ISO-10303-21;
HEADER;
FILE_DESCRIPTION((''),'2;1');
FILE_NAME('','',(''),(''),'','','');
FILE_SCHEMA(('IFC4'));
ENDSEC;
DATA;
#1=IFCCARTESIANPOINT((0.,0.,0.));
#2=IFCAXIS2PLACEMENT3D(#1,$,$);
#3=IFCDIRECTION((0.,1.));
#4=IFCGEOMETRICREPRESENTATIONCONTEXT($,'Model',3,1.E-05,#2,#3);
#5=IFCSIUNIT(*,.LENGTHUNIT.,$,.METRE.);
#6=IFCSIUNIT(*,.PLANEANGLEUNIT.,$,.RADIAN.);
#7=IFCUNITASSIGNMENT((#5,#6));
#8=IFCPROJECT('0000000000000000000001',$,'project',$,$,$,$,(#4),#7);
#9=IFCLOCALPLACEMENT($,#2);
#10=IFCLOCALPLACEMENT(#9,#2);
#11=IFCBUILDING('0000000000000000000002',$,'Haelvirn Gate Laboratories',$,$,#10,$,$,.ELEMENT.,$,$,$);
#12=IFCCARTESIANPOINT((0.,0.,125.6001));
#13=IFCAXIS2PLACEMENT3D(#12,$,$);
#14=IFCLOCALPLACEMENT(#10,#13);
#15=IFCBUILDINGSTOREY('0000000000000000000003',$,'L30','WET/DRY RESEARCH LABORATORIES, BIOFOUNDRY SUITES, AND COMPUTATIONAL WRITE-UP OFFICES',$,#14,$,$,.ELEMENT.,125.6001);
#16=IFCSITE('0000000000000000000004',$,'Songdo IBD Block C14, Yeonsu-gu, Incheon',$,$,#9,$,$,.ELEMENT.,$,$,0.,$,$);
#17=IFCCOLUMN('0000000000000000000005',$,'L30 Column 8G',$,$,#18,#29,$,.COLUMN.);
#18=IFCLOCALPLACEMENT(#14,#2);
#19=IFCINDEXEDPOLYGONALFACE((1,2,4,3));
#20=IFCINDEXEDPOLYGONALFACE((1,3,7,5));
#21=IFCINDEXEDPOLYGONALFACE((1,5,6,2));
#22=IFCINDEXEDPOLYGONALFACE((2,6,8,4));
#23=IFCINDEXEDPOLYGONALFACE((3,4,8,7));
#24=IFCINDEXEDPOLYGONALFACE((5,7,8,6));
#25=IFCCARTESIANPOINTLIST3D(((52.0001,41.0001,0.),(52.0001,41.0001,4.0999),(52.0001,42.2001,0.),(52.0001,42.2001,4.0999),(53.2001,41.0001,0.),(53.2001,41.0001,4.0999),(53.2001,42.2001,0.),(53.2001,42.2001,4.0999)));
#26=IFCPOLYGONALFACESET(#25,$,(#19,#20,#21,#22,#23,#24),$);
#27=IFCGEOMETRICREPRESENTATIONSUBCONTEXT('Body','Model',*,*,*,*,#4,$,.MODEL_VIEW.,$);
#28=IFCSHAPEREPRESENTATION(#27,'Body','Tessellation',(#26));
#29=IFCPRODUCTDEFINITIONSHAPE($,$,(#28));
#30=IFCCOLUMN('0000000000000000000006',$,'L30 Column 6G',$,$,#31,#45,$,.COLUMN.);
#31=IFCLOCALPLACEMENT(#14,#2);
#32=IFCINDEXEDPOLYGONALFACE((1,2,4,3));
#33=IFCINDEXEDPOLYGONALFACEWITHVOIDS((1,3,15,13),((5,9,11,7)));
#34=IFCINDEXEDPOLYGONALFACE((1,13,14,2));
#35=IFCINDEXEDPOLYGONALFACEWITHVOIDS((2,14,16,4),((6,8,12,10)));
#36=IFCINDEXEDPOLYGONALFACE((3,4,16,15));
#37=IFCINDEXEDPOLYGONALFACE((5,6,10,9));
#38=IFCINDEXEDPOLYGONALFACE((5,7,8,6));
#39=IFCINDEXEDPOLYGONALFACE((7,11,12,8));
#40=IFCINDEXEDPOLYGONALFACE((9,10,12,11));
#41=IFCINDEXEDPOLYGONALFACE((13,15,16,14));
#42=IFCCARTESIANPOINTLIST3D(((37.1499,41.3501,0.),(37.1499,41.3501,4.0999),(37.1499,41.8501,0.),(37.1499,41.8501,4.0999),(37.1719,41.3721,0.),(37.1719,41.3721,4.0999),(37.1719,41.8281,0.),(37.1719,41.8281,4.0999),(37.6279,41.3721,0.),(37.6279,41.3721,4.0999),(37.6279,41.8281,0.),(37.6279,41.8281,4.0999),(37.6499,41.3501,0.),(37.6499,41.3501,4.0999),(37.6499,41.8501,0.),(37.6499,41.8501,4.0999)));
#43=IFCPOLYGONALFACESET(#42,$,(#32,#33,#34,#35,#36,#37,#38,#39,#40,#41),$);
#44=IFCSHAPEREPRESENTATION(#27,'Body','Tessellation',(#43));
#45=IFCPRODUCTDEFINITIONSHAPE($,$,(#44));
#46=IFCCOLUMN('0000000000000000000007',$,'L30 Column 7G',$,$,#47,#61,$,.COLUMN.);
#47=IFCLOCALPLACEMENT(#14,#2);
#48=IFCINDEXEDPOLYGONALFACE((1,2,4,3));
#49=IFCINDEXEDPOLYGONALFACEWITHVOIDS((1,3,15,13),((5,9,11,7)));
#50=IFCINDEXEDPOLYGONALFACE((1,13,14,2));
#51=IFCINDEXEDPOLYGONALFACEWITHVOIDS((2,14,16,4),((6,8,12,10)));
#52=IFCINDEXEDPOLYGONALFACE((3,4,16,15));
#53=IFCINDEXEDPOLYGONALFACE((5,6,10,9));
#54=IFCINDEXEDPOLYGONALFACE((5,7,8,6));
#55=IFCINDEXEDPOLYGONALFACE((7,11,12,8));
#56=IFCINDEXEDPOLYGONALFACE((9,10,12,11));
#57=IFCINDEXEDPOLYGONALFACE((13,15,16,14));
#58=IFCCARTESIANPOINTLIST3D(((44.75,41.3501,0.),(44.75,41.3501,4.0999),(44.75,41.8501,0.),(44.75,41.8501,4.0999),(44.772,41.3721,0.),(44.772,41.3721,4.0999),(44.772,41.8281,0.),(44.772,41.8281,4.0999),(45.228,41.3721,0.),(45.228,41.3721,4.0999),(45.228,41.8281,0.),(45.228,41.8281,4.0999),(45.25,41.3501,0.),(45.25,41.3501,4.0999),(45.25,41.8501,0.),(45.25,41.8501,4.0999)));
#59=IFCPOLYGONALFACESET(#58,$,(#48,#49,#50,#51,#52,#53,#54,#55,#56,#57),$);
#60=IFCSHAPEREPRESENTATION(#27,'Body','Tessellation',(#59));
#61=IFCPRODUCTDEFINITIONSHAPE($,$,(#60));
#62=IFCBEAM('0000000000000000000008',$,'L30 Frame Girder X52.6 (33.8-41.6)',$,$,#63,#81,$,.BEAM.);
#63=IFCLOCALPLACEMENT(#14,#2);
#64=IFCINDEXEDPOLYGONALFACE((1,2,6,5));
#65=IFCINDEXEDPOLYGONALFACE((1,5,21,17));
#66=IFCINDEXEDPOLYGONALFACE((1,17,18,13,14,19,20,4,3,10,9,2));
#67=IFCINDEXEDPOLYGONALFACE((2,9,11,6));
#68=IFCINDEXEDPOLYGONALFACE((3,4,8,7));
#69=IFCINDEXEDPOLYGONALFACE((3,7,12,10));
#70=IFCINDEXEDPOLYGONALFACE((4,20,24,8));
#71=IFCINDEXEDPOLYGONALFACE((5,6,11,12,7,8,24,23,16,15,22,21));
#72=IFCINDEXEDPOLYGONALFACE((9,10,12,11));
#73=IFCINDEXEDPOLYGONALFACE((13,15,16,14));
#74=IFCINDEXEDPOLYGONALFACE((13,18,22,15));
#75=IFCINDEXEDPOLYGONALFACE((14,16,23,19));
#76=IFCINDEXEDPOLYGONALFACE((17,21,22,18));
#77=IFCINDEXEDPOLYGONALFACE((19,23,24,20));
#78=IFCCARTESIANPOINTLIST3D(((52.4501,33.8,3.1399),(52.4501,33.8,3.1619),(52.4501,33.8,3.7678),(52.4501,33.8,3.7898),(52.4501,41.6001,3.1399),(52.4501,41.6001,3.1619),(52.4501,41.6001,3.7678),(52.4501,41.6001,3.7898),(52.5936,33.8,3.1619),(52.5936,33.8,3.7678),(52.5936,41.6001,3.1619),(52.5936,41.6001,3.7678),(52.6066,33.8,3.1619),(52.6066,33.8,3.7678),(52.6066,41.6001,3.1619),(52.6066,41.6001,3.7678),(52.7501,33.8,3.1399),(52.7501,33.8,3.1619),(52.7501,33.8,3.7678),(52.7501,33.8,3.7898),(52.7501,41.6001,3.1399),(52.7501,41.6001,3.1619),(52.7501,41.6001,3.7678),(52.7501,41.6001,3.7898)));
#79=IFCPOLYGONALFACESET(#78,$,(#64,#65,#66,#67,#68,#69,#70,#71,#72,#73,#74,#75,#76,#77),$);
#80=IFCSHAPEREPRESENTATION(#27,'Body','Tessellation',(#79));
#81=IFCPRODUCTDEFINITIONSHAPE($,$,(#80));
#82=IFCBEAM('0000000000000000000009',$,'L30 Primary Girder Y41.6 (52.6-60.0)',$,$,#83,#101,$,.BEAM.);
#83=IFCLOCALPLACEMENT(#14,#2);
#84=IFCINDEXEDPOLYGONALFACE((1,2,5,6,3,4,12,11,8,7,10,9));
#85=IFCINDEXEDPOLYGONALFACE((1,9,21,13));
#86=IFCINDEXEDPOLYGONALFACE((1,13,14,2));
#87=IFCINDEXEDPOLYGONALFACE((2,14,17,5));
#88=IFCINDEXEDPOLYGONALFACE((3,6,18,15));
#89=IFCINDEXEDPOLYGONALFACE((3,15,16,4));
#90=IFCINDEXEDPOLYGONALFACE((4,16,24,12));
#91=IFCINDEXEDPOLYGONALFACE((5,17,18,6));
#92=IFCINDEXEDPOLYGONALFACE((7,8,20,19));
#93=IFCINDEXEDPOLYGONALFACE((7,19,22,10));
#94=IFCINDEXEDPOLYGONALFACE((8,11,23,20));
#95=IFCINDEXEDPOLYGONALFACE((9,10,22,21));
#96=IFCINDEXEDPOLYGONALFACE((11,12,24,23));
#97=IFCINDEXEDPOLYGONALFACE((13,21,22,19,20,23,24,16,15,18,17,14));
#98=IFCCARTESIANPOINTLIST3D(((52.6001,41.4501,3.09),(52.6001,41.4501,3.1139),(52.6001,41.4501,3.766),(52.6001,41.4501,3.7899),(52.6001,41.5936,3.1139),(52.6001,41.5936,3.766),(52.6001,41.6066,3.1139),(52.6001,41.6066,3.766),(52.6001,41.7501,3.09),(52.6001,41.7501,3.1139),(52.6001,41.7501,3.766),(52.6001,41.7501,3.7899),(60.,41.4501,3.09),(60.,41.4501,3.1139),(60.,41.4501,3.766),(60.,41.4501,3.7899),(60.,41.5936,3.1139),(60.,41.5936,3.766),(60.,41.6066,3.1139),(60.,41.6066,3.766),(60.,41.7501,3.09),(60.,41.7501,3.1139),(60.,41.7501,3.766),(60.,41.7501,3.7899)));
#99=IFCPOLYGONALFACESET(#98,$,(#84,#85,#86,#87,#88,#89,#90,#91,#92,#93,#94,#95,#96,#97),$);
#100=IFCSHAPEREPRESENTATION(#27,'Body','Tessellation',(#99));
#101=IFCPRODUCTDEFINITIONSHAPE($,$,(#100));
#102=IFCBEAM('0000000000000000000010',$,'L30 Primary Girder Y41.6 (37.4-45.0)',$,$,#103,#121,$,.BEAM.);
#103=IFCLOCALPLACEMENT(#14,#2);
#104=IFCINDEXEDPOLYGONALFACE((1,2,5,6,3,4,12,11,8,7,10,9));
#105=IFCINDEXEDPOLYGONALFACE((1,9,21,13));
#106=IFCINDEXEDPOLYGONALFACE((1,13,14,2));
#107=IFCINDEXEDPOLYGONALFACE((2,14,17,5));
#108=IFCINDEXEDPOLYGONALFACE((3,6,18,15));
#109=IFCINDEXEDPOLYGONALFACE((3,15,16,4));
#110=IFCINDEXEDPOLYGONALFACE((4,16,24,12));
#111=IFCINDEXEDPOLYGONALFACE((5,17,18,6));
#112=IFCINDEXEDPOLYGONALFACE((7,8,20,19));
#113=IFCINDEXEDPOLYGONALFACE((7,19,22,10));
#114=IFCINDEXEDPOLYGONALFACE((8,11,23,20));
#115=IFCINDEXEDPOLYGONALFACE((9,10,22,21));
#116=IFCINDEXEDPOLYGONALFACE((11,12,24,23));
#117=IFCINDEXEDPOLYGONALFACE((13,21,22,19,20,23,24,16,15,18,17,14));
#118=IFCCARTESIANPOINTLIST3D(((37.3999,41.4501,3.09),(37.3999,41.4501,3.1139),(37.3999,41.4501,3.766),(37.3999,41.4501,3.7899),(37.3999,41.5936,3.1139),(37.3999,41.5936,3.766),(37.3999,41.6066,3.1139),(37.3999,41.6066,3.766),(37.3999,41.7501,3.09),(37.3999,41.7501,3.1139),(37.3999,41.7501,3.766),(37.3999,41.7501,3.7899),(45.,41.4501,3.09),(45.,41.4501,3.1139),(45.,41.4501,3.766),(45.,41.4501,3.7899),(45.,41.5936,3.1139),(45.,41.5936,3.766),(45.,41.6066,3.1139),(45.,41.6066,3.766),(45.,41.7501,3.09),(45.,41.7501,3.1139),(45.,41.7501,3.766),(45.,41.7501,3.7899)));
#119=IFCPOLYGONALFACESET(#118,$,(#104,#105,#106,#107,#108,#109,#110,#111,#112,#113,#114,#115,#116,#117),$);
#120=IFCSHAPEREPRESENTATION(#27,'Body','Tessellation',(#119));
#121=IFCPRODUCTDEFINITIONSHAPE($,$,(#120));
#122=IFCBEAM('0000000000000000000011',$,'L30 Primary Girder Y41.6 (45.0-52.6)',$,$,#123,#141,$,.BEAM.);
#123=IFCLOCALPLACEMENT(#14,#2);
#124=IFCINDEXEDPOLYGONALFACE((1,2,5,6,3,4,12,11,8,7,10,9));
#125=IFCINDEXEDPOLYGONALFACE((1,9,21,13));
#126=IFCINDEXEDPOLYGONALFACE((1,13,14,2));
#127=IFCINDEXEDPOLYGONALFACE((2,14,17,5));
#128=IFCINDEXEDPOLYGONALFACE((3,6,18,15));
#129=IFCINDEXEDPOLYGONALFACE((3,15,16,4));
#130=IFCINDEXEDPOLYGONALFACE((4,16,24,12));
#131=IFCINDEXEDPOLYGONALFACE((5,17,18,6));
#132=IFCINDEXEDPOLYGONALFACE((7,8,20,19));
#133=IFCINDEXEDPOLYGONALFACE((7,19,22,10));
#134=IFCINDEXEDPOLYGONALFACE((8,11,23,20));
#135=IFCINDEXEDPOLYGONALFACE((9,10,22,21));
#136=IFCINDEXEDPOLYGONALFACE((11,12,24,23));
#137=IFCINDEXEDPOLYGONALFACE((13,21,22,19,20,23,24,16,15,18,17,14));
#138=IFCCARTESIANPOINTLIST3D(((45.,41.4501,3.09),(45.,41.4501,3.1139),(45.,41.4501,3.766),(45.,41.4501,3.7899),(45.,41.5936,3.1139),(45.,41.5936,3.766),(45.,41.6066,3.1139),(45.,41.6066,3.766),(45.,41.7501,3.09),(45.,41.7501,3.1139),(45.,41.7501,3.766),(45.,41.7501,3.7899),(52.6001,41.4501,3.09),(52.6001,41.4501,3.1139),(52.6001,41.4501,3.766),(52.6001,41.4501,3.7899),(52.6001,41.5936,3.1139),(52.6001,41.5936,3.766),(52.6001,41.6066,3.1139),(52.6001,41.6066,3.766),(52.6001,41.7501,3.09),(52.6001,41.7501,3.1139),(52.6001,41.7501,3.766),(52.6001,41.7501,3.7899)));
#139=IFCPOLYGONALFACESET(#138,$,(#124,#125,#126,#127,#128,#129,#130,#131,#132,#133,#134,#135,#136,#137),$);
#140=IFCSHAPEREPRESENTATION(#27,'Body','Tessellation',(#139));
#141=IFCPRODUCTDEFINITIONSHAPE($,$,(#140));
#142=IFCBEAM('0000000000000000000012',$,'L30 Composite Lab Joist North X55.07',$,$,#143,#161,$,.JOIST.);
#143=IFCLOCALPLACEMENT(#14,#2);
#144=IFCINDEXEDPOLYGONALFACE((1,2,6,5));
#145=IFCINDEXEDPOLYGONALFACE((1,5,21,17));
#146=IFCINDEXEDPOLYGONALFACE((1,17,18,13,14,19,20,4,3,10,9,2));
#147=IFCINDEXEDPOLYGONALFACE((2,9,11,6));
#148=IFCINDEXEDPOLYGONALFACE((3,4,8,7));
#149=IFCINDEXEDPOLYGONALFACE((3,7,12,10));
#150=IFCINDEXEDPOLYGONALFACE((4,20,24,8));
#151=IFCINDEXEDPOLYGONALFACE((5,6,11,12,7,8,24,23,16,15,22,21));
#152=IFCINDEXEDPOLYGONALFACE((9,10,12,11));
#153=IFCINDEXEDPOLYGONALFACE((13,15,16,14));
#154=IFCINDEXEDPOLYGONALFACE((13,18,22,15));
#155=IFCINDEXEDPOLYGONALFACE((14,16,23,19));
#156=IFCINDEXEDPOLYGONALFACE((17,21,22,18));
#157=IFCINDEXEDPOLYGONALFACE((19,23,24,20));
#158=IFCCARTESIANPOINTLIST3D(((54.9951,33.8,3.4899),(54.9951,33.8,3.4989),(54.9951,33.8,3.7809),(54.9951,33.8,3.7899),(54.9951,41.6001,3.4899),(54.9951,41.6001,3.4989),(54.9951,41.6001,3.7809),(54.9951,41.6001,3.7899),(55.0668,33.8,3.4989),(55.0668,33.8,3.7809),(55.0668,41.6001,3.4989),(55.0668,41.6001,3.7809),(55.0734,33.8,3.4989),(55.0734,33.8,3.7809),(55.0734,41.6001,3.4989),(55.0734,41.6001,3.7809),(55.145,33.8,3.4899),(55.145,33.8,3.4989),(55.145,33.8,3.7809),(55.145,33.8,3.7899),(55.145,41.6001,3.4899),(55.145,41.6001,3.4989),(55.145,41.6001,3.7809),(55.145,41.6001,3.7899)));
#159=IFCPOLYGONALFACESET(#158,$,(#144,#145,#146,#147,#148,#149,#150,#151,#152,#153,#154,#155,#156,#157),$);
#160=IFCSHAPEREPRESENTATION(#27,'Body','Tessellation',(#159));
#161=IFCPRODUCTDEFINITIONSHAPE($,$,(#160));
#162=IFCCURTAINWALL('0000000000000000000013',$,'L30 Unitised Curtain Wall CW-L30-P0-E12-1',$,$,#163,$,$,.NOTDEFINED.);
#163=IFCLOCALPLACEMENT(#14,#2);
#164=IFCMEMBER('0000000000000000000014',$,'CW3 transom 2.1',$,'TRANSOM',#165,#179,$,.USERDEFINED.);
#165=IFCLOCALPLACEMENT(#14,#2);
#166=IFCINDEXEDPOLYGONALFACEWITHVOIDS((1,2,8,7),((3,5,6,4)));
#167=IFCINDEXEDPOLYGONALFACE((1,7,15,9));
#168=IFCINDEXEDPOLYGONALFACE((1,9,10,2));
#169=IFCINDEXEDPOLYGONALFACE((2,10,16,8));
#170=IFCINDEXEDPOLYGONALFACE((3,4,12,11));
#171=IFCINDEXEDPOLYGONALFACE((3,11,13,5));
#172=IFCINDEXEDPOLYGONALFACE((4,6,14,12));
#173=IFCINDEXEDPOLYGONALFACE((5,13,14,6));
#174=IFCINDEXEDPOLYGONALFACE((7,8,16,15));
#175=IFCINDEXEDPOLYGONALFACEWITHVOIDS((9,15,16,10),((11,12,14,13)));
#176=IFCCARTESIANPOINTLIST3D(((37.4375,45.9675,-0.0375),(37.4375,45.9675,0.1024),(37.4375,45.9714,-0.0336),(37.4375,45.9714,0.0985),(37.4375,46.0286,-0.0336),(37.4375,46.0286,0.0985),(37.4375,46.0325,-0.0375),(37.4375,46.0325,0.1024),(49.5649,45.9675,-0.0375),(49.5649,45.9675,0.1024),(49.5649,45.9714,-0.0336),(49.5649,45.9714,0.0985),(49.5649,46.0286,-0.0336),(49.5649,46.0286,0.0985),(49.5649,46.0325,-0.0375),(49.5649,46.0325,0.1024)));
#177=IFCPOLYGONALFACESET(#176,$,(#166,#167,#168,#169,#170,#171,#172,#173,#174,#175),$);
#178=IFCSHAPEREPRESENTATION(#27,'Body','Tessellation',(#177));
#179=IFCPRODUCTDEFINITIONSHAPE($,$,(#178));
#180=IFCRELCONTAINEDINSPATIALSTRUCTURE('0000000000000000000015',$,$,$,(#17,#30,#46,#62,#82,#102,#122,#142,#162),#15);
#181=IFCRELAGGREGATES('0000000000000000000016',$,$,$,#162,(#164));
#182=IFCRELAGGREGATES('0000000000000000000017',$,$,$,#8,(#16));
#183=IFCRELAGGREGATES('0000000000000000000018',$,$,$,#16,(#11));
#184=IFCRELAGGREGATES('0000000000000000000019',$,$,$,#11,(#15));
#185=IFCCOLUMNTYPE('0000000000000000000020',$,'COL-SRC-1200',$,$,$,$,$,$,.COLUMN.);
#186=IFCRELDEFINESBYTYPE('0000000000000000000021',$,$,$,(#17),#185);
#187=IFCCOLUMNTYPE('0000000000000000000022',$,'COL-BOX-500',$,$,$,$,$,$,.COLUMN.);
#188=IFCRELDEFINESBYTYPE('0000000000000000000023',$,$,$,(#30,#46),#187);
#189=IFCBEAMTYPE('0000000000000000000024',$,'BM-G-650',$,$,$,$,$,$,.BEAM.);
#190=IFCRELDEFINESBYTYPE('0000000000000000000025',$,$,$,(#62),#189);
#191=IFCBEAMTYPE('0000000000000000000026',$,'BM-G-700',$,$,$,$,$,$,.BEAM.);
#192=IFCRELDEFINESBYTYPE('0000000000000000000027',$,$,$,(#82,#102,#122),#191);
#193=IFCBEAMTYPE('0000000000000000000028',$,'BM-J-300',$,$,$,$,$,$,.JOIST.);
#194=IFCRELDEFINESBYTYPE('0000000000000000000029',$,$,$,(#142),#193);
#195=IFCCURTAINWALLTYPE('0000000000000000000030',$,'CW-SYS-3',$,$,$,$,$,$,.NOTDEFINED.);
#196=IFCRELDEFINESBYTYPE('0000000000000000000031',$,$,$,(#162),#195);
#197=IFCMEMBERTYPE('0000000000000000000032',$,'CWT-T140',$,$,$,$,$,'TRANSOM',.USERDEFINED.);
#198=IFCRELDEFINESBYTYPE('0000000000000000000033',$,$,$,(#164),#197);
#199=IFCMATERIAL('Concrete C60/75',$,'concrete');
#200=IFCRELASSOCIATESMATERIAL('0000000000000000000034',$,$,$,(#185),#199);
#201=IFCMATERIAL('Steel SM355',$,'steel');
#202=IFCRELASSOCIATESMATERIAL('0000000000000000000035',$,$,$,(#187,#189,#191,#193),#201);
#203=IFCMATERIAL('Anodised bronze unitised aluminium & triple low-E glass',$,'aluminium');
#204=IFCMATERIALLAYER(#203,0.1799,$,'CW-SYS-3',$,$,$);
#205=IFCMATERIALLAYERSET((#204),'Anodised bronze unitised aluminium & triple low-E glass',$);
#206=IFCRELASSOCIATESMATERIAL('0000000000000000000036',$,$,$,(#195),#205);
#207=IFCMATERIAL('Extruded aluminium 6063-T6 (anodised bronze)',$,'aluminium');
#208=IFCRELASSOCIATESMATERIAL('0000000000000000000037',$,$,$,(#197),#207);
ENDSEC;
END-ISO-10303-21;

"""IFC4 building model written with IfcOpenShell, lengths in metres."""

from ifc_helpers import new_model, si_unit, direction, frame, origin, origin_2d, place, context, subcontext, project, spatial, rectangle, hollow_rectangle, i_section, extrude, source, transform, mapped, material, layer, layer_set, material_profile, profile_set, type_object, type_shapes, element, aggregate, save


model = new_model("IFC4")

# Units and contexts
model_context = context("Model", 3, precision=1e-05, world=origin(), true_north=direction((0.0, 1.0)))
body_context = subcontext(model_context, "Body", "Model", "MODEL_VIEW")
ifc_project = project(units=[si_unit("LENGTHUNIT", "METRE"), si_unit("PLANEANGLEUNIT", "RADIAN")], contexts=[model_context])

# Site, building, storey
site_placement = place(None, origin())
site = spatial("IfcSite", under=ifc_project, at=site_placement, Name="Songdo IBD Block C14, Yeonsu-gu, Incheon", CompositionType="ELEMENT", RefElevation=0.0)
building_placement = place(site_placement, origin())
building = spatial("IfcBuilding", under=site, at=building_placement, Name="Haelvirn Gate Laboratories", CompositionType="ELEMENT")
storey_placement = place(building_placement, frame((0.0, 0.0, 125.6001)))
storey = spatial("IfcBuildingStorey", under=building, at=storey_placement, Name="L30", Description="WET/DRY RESEARCH LABORATORIES, BIOFOUNDRY SUITES, AND COMPUTATIONAL WRITE-UP OFFICES", CompositionType="ELEMENT", Elevation=125.6001)

# Columns
ifc_material_1 = material(Name="Concrete C60/75", Category="concrete")
ifc_material_profile_1 = material_profile(ifc_material_1, rectangle(XDim=1.2, YDim=1.2, at=origin_2d()), Name="SRC-1200x1200")
ifc_profile_set_1 = profile_set([ifc_material_profile_1], Name="Concrete C60/75")
column_type_1 = type_object("IfcColumnType", Name="COL-SRC-1200", PredefinedType="COLUMN", material=ifc_profile_set_1)
shared_shape_1 = source(origin(), body_context, "Body", "SweptSolid", [
    extrude(rectangle(XDim=1.2, YDim=1.2, at=origin_2d()), origin(), (0.0, 0.0, 1.0), 4.0999),
])
type_shapes(column_type_1, [shared_shape_1])
column_placement = place(storey_placement, frame((52.6001, 41.6001, 0.0), z_axis=(0.0, 0.0, 1.0), x_axis=(1.0, 0.0, 0.0)))
element("IfcColumn", 1, at=column_placement, inside=storey, type_object=column_type_1, Name="L30 Column 8G", PredefinedType="COLUMN", context=body_context, shape_type="MappedRepresentation", body=[
    mapped(shared_shape_1, transform((0.0, 0.0, 0.0), scale=1.0)),
])
ifc_material_2 = material(Name="Steel SM355", Category="steel")
ifc_material_profile_2 = material_profile(ifc_material_2, hollow_rectangle(XDim=0.5, YDim=0.5, WallThickness=0.022, at=origin_2d()), Name="BOX-500x500x22")
ifc_profile_set_2 = profile_set([ifc_material_profile_2], Name="Steel SM355")
column_type_2 = type_object("IfcColumnType", Name="COL-BOX-500", PredefinedType="COLUMN", material=ifc_profile_set_2)
shared_shape_2 = source(origin(), body_context, "Body", "SweptSolid", [
    extrude(hollow_rectangle(XDim=0.5, YDim=0.5, WallThickness=0.022, at=origin_2d()), origin(), (0.0, 0.0, 1.0), 4.0999),
])
type_shapes(column_type_2, [shared_shape_2])
for number, where, z_axis, x_axis, name in (
    (2, (37.3999, 41.6001, 0.0), (0.0, 0.0, 1.0), (1.0, 0.0, 0.0), "L30 Column 6G"),
    (3, (45.0, 41.6001, 0.0), (0.0, 0.0, 1.0), (1.0, 0.0, 0.0), "L30 Column 7G"),
):
    element("IfcColumn", number, at=place(storey_placement, frame(where, z_axis=z_axis, x_axis=x_axis)), inside=storey, type_object=column_type_2, Name=name, PredefinedType="COLUMN", context=body_context, shape_type="MappedRepresentation", body=[
        mapped(shared_shape_2, transform((0.0, 0.0, 0.0), scale=1.0)),
    ])

# Beams
ifc_material_profile_3 = material_profile(ifc_material_2, i_section(OverallWidth=0.3, OverallDepth=0.6499, WebThickness=0.0129, FlangeThickness=0.022, at=origin_2d()), Name="H-650x300x13x22")
ifc_profile_set_3 = profile_set([ifc_material_profile_3], Name="Steel SM355")
beam_type_1 = type_object("IfcBeamType", Name="BM-G-650", PredefinedType="BEAM", material=ifc_profile_set_3)
shared_shape_3 = source(origin(), body_context, "Body", "SweptSolid", [
    extrude(i_section(OverallWidth=0.3, OverallDepth=0.6499, WebThickness=0.0129, FlangeThickness=0.022, at=origin_2d()), origin(), (0.0, 0.0, 1.0), 7.8),
])
type_shapes(beam_type_1, [shared_shape_3])
beam_1_placement = place(storey_placement, frame((52.6001, 33.8, 3.4648), z_axis=(0.0, 1.0, 0.0), x_axis=(-1.0, 0.0, 0.0)))
element("IfcBeam", 4, at=beam_1_placement, inside=storey, type_object=beam_type_1, Name="L30 Frame Girder X52.6 (33.8-41.6)", PredefinedType="BEAM", context=body_context, shape_type="MappedRepresentation", body=[
    mapped(shared_shape_3, transform((0.0, 0.0, 0.0), scale=1.0)),
])
ifc_material_profile_4 = material_profile(ifc_material_2, i_section(OverallWidth=0.3, OverallDepth=0.7, WebThickness=0.0129, FlangeThickness=0.0239, at=origin_2d()), Name="H-700x300x13x24")
ifc_profile_set_4 = profile_set([ifc_material_profile_4], Name="Steel SM355")
beam_type_2 = type_object("IfcBeamType", Name="BM-G-700", PredefinedType="BEAM", material=ifc_profile_set_4)
shared_shape_4 = source(origin(), body_context, "Body", "SweptSolid", [
    extrude(i_section(OverallWidth=0.3, OverallDepth=0.7, WebThickness=0.0129, FlangeThickness=0.0239, at=origin_2d()), origin(), (0.0, 0.0, 1.0), 7.3999),
])
beam_2_placement = place(storey_placement, frame((52.6001, 41.6001, 3.4399), z_axis=(1.0, 0.0, 0.0), x_axis=(0.0, 1.0, 0.0)))
element("IfcBeam", 5, at=beam_2_placement, inside=storey, type_object=beam_type_2, Name="L30 Primary Girder Y41.6 (52.6-60.0)", PredefinedType="BEAM", context=body_context, shape_type="MappedRepresentation", body=[
    mapped(shared_shape_4, transform((0.0, 0.0, 0.0), scale=1.0)),
])
shared_shape_5 = source(origin(), body_context, "Body", "SweptSolid", [
    extrude(i_section(OverallWidth=0.3, OverallDepth=0.7, WebThickness=0.0129, FlangeThickness=0.0239, at=origin_2d()), origin(), (0.0, 0.0, 1.0), 7.6001),
])
type_shapes(beam_type_2, [shared_shape_4, shared_shape_5])
for number, where, z_axis, x_axis, name in (
    (6, (37.3999, 41.6001, 3.4399), (1.0, 0.0, 0.0), (0.0, 1.0, 0.0), "L30 Primary Girder Y41.6 (37.4-45.0)"),
    (7, (45.0, 41.6001, 3.4399), (1.0, 0.0, 0.0), (0.0, 1.0, 0.0), "L30 Primary Girder Y41.6 (45.0-52.6)"),
):
    element("IfcBeam", number, at=place(storey_placement, frame(where, z_axis=z_axis, x_axis=x_axis)), inside=storey, type_object=beam_type_2, Name=name, PredefinedType="BEAM", context=body_context, shape_type="MappedRepresentation", body=[
        mapped(shared_shape_5, transform((0.0, 0.0, 0.0), scale=1.0)),
    ])
ifc_material_profile_5 = material_profile(ifc_material_2, i_section(OverallWidth=0.1499, OverallDepth=0.3, WebThickness=0.0066, FlangeThickness=0.009, at=origin_2d()), Name="H-300x150x6.5x9")
ifc_profile_set_5 = profile_set([ifc_material_profile_5], Name="Steel SM355")
beam_type_3 = type_object("IfcBeamType", Name="BM-J-300", PredefinedType="JOIST", material=ifc_profile_set_5)
shared_shape_6 = source(origin(), body_context, "Body", "SweptSolid", [
    extrude(i_section(OverallWidth=0.1499, OverallDepth=0.3, WebThickness=0.0066, FlangeThickness=0.009, at=origin_2d()), origin(), (0.0, 0.0, 1.0), 7.8),
])
type_shapes(beam_type_3, [shared_shape_6])
beam_3_placement = place(storey_placement, frame((55.0701, 33.8, 3.6399), z_axis=(0.0, 1.0, 0.0), x_axis=(-1.0, 0.0, 0.0)))
element("IfcBeam", 8, at=beam_3_placement, inside=storey, type_object=beam_type_3, Name="L30 Composite Lab Joist North X55.07", PredefinedType="JOIST", context=body_context, shape_type="MappedRepresentation", body=[
    mapped(shared_shape_6, transform((0.0, 0.0, 0.0), scale=1.0)),
])

# Curtain wall, member
ifc_material_3 = material(Name="Anodised bronze unitised aluminium & triple low-E glass", Category="aluminium")
ifc_layer_1 = layer(ifc_material_3, 0.1799, Name="CW-SYS-3")
ifc_layer_set_1 = layer_set([ifc_layer_1], Name="Anodised bronze unitised aluminium & triple low-E glass")
curtain_wall_type = type_object("IfcCurtainWallType", Name="CW-SYS-3", PredefinedType="NOTDEFINED", material=ifc_layer_set_1)
curtain_wall_1_placement = place(storey_placement, origin())
curtain_wall_1 = element("IfcCurtainWall", 9, at=curtain_wall_1_placement, inside=storey, type_object=curtain_wall_type, Name="L30 Unitised Curtain Wall CW-L30-P0-E12-1", PredefinedType="NOTDEFINED")
ifc_material_4 = material(Name="Extruded aluminium 6063-T6 (anodised bronze)", Category="aluminium")
ifc_material_profile_6 = material_profile(ifc_material_4, hollow_rectangle(XDim=0.0649, YDim=0.1399, WallThickness=0.0039, at=origin_2d()), Name="CWT-140x65x4")
ifc_profile_set_6 = profile_set([ifc_material_profile_6], Name="Extruded aluminium 6063-T6 (anodised bronze)")
member_type_1 = type_object("IfcMemberType", Name="CWT-T140", ElementType="TRANSOM", PredefinedType="USERDEFINED", material=ifc_profile_set_6)
shared_shape_7 = source(origin(), body_context, "Body", "SweptSolid", [
    extrude(hollow_rectangle(XDim=0.0649, YDim=0.1399, WallThickness=0.0039, at=origin_2d()), origin(), (0.0, 0.0, 1.0), 12.1274),
])
member_1_placement = place(storey_placement, frame((37.4375, 46.0, 0.0325), z_axis=(1.0, 0.0, 0.0), x_axis=(0.0, 1.0, 0.0)))
member_1 = element("IfcMember", 10, at=member_1_placement, type_object=member_type_1, Name="CW3 transom 2.1", ObjectType="TRANSOM", PredefinedType="USERDEFINED", context=body_context, shape_type="MappedRepresentation", body=[
    mapped(shared_shape_7, transform((0.0, 0.0, 0.0), scale=1.0)),
])

aggregate(curtain_wall_1, [member_1])

save(model, "model.ifc")
